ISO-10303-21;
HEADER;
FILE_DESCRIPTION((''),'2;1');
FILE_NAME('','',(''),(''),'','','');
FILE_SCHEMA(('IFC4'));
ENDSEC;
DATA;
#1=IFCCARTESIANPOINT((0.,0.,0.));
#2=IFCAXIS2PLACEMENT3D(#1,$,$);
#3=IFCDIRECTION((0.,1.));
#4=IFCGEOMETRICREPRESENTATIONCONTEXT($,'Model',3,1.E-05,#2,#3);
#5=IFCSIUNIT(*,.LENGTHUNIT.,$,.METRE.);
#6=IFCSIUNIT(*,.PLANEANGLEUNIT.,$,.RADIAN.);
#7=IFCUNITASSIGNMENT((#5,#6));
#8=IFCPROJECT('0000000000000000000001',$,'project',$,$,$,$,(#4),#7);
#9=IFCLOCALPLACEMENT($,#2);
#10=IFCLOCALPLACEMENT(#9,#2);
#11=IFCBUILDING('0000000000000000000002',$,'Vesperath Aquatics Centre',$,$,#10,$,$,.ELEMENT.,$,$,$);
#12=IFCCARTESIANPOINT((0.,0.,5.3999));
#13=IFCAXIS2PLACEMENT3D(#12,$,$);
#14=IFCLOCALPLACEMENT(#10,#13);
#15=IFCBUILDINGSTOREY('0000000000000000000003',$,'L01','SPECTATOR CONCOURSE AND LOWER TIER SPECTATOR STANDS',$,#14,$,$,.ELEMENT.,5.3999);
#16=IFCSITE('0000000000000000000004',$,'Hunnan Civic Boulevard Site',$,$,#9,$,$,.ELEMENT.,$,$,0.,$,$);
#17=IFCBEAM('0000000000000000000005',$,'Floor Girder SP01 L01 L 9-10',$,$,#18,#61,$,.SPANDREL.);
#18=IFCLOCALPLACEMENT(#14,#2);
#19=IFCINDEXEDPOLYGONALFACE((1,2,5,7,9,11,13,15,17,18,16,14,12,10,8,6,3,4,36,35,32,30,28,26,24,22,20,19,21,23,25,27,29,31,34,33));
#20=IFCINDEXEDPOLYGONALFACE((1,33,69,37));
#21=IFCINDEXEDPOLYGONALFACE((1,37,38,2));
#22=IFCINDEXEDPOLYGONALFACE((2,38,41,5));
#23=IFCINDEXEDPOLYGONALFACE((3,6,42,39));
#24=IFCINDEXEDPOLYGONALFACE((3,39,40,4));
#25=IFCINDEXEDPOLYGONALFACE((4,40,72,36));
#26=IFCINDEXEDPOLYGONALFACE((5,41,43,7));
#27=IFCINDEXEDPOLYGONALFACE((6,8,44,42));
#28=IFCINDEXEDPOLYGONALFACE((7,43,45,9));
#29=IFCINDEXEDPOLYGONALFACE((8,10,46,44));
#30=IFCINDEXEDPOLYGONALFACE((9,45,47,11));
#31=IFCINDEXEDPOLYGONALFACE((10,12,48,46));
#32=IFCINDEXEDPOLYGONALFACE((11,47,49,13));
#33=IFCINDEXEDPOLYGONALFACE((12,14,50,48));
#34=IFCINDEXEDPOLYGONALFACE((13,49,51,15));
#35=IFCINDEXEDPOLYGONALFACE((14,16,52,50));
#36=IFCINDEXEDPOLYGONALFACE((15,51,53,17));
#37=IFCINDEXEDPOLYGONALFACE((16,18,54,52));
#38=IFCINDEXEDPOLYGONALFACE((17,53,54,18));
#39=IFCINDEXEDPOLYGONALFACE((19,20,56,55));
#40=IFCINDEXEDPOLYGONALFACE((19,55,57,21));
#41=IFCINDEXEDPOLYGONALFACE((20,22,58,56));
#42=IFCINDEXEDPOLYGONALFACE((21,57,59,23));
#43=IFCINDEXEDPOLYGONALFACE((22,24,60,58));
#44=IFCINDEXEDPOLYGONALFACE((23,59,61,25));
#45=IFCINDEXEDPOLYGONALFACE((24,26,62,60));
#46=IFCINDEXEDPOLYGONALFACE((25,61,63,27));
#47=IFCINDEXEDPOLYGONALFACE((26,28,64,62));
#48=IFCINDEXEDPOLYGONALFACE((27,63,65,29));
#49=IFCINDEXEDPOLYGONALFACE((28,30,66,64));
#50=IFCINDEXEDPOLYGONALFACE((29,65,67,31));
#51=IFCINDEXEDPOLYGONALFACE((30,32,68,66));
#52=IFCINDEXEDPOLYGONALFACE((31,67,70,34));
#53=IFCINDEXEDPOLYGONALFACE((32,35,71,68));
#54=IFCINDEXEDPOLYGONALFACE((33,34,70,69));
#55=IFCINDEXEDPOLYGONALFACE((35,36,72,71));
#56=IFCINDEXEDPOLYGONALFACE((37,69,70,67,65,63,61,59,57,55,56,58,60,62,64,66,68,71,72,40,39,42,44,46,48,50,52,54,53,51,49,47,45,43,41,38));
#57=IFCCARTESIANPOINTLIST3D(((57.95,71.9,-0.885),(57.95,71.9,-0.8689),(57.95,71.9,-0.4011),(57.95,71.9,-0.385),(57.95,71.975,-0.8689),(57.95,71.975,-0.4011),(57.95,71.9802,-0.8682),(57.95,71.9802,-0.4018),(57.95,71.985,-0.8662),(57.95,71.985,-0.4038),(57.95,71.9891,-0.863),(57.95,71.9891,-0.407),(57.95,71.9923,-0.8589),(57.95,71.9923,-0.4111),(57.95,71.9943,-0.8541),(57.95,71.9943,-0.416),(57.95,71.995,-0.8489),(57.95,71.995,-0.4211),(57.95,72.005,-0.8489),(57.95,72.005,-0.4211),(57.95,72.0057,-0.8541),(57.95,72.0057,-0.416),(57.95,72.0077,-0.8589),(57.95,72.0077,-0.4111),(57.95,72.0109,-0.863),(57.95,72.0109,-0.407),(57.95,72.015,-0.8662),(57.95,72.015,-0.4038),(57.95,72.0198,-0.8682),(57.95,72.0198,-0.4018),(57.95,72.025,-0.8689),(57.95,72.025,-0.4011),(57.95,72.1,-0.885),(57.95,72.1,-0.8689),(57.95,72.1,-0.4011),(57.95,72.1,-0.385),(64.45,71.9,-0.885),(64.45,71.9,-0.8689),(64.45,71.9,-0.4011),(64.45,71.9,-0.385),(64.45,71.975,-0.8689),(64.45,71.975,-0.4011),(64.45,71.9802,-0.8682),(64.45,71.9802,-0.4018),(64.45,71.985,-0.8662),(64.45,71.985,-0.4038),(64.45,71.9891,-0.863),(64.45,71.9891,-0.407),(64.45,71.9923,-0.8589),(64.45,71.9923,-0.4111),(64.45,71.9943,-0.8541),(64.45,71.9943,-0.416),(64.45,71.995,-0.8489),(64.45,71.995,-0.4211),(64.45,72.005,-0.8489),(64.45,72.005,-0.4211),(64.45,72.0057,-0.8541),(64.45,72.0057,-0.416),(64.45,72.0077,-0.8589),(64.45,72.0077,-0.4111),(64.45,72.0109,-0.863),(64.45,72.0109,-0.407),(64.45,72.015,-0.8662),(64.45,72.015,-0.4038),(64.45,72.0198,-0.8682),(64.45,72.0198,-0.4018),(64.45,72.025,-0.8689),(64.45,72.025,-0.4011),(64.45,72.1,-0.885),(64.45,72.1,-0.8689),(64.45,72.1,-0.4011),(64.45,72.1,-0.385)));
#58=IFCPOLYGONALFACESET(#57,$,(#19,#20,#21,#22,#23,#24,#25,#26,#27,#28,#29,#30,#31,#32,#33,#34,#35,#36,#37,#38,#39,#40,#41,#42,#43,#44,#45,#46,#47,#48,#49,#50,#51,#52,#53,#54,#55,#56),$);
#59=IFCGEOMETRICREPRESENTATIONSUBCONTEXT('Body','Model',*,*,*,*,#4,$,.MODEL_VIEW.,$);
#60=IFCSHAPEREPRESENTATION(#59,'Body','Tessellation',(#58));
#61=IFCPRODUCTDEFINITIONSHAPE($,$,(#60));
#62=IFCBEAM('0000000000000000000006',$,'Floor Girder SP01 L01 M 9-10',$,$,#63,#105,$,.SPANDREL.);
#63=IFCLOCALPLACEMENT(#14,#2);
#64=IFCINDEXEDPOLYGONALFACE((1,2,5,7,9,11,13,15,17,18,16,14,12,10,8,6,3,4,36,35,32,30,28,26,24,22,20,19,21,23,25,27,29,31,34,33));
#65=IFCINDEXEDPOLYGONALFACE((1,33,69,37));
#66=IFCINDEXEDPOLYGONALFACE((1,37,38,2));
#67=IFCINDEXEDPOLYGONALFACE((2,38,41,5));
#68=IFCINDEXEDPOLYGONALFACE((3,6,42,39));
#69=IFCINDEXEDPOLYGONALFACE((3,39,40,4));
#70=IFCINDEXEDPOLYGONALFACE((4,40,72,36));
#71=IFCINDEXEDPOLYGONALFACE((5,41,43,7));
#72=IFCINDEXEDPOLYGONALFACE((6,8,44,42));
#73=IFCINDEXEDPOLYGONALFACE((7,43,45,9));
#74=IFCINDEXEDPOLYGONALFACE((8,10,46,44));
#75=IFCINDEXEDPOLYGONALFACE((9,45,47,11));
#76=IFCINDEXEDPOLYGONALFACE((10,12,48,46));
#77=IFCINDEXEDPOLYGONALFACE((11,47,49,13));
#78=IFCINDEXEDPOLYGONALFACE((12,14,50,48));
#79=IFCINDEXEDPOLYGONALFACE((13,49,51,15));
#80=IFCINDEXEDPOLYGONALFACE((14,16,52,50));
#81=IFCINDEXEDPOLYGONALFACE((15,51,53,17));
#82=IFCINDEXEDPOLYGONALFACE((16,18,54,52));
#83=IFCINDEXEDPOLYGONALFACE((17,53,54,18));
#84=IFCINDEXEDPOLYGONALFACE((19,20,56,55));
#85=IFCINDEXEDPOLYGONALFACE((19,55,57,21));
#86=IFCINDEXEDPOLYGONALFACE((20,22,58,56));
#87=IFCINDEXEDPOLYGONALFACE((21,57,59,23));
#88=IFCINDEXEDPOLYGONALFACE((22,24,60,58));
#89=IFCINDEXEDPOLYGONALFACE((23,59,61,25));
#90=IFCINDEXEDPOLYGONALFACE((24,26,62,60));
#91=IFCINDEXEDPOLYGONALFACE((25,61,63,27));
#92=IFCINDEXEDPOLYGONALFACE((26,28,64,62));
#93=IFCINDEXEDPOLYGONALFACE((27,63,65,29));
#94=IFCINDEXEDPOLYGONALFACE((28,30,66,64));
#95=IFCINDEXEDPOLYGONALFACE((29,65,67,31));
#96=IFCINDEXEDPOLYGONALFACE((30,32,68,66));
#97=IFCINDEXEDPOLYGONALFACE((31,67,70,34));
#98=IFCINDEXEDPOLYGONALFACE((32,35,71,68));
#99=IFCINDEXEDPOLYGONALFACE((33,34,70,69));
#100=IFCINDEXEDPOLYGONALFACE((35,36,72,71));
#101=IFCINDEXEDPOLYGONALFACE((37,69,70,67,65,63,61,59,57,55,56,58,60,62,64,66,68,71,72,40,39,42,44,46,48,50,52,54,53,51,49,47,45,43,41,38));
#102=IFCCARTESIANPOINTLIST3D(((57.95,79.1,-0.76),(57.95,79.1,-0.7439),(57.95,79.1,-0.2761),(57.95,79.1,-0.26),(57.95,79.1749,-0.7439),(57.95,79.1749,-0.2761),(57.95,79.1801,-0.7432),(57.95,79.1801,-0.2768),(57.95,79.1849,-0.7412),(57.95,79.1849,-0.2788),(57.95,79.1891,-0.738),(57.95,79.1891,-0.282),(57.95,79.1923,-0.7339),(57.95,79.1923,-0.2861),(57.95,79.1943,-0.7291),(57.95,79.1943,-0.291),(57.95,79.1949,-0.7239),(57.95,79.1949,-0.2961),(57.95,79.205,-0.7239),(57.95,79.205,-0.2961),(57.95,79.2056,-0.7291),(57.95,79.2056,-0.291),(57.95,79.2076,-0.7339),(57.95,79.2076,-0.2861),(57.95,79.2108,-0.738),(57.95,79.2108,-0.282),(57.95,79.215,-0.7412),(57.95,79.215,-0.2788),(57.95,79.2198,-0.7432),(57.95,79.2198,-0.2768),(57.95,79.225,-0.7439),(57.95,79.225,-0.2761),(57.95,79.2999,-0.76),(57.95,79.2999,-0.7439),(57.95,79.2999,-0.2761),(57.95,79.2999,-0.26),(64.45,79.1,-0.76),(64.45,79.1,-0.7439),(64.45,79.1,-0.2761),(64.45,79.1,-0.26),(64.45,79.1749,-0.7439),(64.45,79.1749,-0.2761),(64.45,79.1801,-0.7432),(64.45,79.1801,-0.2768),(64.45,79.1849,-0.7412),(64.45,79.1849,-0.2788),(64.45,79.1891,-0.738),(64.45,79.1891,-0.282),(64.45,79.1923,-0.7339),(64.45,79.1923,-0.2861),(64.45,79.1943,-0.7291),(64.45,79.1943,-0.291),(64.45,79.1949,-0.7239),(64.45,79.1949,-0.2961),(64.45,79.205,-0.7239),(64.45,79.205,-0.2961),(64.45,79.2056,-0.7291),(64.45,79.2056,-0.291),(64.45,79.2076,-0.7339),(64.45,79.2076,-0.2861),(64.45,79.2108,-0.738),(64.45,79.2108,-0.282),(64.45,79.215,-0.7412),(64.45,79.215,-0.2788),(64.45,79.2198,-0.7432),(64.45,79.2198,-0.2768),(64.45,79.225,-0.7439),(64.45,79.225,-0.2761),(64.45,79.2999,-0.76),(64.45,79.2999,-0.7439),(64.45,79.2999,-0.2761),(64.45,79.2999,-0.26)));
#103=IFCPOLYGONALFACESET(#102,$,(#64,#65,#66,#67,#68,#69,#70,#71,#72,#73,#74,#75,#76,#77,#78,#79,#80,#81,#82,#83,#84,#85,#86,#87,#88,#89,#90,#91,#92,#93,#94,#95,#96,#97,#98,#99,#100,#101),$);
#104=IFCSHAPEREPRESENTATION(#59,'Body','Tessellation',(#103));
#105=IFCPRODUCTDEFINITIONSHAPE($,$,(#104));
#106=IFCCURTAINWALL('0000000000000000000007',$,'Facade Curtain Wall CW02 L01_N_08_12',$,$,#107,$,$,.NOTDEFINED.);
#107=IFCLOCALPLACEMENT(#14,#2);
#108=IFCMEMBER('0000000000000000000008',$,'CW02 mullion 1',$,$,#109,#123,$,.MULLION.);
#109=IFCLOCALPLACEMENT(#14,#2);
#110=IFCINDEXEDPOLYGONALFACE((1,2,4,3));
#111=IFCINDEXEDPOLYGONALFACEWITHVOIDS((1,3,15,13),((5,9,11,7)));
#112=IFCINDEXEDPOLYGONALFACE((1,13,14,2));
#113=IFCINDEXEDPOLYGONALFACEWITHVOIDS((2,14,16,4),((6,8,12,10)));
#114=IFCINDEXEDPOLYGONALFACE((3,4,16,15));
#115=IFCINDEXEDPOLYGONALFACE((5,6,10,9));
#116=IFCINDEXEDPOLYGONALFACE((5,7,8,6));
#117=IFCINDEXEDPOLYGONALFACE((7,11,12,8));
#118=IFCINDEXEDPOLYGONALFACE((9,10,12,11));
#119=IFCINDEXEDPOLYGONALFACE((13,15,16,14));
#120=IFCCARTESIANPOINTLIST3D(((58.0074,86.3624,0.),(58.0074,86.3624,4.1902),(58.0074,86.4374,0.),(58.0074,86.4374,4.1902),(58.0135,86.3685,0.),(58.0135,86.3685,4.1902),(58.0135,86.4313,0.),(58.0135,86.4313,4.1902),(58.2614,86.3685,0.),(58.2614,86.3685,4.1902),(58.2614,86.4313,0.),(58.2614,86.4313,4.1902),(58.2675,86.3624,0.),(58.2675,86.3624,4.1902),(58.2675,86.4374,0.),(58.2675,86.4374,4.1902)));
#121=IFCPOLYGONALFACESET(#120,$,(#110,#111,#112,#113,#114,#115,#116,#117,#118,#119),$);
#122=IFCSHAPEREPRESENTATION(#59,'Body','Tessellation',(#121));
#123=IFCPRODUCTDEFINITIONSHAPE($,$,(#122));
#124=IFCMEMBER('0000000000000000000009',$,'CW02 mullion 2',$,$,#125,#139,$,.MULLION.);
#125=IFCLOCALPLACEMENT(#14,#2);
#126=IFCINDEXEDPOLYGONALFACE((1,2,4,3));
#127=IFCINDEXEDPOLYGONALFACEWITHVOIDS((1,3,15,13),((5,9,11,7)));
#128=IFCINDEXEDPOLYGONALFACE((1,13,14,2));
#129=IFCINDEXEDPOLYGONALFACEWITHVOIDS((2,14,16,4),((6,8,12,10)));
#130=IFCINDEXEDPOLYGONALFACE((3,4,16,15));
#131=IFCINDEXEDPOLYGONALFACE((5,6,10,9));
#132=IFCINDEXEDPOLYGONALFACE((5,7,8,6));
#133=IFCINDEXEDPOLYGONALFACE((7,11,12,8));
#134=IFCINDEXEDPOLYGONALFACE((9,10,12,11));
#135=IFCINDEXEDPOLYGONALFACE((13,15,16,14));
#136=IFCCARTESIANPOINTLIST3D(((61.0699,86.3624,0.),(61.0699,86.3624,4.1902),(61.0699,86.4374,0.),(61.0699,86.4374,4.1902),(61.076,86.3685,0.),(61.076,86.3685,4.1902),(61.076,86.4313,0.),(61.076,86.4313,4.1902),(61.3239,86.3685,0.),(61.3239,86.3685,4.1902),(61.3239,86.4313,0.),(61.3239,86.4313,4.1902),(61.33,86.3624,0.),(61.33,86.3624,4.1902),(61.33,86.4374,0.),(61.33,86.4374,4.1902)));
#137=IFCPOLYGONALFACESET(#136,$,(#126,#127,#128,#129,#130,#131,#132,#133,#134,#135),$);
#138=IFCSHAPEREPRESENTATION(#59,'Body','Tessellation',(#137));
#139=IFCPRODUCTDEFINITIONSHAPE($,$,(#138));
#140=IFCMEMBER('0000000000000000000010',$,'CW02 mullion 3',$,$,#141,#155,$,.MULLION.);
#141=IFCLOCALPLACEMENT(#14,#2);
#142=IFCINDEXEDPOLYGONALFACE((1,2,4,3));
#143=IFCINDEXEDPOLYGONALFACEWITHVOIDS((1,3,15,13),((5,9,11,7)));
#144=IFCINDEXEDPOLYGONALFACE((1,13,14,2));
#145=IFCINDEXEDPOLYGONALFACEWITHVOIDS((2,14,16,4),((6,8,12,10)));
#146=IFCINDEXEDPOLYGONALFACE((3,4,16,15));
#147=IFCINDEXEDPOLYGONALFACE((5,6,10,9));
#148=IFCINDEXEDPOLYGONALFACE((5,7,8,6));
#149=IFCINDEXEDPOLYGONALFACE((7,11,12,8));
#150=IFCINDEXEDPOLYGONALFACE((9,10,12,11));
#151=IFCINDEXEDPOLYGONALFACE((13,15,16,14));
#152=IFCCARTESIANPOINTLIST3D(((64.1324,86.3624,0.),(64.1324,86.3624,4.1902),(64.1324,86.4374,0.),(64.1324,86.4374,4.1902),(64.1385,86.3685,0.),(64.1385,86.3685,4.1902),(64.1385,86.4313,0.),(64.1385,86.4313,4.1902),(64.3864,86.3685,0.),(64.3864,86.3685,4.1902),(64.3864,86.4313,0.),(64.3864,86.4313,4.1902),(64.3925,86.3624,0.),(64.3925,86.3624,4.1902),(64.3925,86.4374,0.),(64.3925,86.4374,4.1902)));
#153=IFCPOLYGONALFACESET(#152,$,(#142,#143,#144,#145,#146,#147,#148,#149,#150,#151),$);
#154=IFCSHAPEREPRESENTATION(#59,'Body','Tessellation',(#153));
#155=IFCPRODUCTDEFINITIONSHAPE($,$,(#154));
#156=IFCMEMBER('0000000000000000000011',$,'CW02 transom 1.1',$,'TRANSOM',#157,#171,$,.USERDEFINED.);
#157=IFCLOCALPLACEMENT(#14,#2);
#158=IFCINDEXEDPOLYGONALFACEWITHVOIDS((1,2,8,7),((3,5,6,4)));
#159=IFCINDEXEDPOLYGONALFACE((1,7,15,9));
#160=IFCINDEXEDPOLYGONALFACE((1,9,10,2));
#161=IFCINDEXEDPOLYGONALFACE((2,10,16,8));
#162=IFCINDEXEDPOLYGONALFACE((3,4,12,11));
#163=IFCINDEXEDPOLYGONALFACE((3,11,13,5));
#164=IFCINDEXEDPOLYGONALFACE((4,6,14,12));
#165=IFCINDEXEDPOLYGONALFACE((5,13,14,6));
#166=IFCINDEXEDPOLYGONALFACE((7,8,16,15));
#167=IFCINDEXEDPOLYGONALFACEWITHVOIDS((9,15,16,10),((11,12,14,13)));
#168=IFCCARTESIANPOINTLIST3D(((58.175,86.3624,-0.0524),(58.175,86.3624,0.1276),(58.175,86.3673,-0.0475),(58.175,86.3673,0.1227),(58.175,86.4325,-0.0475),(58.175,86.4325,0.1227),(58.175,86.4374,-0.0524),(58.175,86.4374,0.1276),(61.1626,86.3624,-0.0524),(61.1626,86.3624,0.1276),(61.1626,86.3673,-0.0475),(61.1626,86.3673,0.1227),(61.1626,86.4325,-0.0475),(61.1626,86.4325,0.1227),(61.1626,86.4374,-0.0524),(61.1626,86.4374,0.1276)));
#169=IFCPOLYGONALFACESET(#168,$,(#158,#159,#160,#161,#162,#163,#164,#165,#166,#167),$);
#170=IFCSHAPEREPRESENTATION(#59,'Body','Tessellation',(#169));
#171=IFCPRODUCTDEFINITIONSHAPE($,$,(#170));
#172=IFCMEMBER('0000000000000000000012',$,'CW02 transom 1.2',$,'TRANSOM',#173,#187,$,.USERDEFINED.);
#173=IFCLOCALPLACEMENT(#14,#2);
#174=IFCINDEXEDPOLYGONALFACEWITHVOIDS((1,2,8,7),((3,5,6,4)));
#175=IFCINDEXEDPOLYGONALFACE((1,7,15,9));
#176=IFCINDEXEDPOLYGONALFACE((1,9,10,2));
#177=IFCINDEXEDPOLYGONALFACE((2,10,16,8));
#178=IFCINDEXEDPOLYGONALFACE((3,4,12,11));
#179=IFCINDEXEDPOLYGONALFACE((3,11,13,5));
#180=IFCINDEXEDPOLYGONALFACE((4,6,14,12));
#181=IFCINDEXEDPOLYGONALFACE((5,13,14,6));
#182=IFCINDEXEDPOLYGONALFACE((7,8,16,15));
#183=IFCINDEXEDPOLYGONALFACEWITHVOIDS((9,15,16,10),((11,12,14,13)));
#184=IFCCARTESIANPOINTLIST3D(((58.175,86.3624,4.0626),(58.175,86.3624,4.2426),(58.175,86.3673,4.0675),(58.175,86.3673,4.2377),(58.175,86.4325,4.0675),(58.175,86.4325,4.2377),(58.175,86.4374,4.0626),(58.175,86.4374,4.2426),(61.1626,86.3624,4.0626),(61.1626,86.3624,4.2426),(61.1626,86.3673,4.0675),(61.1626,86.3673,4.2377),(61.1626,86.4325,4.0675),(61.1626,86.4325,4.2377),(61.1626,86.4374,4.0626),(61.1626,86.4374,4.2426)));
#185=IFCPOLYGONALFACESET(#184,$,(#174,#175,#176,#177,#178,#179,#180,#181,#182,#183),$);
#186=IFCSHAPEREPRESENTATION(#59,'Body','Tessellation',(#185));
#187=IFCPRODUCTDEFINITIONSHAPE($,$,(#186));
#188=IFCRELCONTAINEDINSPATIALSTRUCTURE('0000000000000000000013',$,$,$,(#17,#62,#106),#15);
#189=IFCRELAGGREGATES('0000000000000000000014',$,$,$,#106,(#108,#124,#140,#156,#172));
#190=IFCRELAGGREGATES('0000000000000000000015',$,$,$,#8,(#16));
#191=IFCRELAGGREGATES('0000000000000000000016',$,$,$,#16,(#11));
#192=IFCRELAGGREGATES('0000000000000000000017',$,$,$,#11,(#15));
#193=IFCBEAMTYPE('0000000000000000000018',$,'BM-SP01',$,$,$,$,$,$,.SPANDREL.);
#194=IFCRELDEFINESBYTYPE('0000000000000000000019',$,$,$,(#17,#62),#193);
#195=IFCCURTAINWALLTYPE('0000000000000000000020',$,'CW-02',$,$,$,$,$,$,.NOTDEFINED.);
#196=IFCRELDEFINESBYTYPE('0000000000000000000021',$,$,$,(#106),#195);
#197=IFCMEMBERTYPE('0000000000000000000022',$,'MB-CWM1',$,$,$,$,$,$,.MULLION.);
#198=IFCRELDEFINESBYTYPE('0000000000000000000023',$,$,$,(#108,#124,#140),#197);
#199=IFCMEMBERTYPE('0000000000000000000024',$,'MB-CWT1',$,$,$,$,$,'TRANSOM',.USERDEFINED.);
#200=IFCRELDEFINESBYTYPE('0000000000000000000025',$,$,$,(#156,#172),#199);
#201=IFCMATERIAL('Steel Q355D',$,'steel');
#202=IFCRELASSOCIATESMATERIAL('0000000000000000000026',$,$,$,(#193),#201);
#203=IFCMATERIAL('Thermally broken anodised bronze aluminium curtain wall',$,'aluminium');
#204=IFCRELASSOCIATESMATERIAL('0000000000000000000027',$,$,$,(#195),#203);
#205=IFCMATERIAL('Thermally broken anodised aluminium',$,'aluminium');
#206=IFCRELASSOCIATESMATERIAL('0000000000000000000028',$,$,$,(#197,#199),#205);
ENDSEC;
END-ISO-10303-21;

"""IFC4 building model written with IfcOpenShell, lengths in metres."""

from ifc_helpers import new_model, si_unit, direction, frame, origin, origin_2d, place, context, subcontext, project, spatial, hollow_rectangle, i_section, extrude, material, material_profile, profile_set, type_object, element, aggregate, save


model = new_model("IFC4")

# Units and contexts
model_context = context("Model", 3, precision=1e-05, world=origin(), true_north=direction((0.0, 1.0)))
body_context = subcontext(model_context, "Body", "Model", "MODEL_VIEW")
ifc_project = project(units=[si_unit("LENGTHUNIT", "METRE"), si_unit("PLANEANGLEUNIT", "RADIAN")], contexts=[model_context])

# Site, building, storey
site_placement = place(None, origin())
site = spatial("IfcSite", under=ifc_project, at=site_placement, Name="Hunnan Civic Boulevard Site", CompositionType="ELEMENT", RefElevation=0.0)
building_placement = place(site_placement, origin())
building = spatial("IfcBuilding", under=site, at=building_placement, Name="Vesperath Aquatics Centre", CompositionType="ELEMENT")
storey_placement = place(building_placement, frame((0.0, 0.0, 5.3999)))
storey = spatial("IfcBuildingStorey", under=building, at=storey_placement, Name="L01", Description="SPECTATOR CONCOURSE AND LOWER TIER SPECTATOR STANDS", CompositionType="ELEMENT", Elevation=5.3999)

# Beams
ifc_material_1 = material(Name="Steel Q355D", Category="steel")
ifc_material_profile_1 = material_profile(ifc_material_1, i_section(OverallWidth=0.2, OverallDepth=0.5, WebThickness=0.01, FlangeThickness=0.0161, FilletRadius=0.02, at=origin_2d()), Name="HN 500x200x10x16")
ifc_profile_set_1 = profile_set([ifc_material_profile_1], Name="Steel Q355D")
beam_type_1 = type_object("IfcBeamType", Name="BM-SP01", PredefinedType="SPANDREL", material=ifc_profile_set_1)
for number, where, z_axis, x_axis, name in (
    (1, (57.95, 72.0, -0.635), (1.0, 0.0, 0.0), (0.0, 1.0, 0.0), "Floor Girder SP01 L01 L 9-10"),
    (2, (57.95, 79.2, -0.51), (1.0, 0.0, 0.0), (0.0, 1.0, 0.0), "Floor Girder SP01 L01 M 9-10"),
):
    element("IfcBeam", number, at=place(storey_placement, frame(where, z_axis=z_axis, x_axis=x_axis)), inside=storey, type_object=beam_type_1, Name=name, PredefinedType="SPANDREL", context=body_context, shape_type="SweptSolid", body=[
        extrude(i_section(OverallWidth=0.2, OverallDepth=0.5, WebThickness=0.01, FlangeThickness=0.0161, FilletRadius=0.02, at=origin_2d()), origin(), (0.0, 0.0, 1.0), 6.5),
    ])

# Curtain wall, members
ifc_material_2 = material(Name="Thermally broken anodised bronze aluminium curtain wall", Category="aluminium")
curtain_wall_type = type_object("IfcCurtainWallType", Name="CW-02", PredefinedType="NOTDEFINED", material=ifc_material_2)
curtain_wall_placement = place(storey_placement, origin())
curtain_wall = element("IfcCurtainWall", 3, at=curtain_wall_placement, inside=storey, type_object=curtain_wall_type, Name="Facade Curtain Wall CW02 L01_N_08_12", PredefinedType="NOTDEFINED")
ifc_material_3 = material(Name="Thermally broken anodised aluminium", Category="aluminium")
ifc_material_profile_2 = material_profile(ifc_material_3, hollow_rectangle(XDim=0.075, YDim=0.26, WallThickness=0.0061, at=origin_2d()), Name="CWM 75x260x6")
ifc_profile_set_2 = profile_set([ifc_material_profile_2], Name="Thermally broken anodised aluminium")
member_type_1 = type_object("IfcMemberType", Name="MB-CWM1", PredefinedType="MULLION", material=ifc_profile_set_2)
member_1_placement = place(storey_placement, frame((58.1375, 86.3999, 0.0), z_axis=(0.0, 0.0, 1.0), x_axis=(0.0, 1.0, 0.0)))
member_1 = element("IfcMember", 4, at=member_1_placement, type_object=member_type_1, Name="CW02 mullion 1", PredefinedType="MULLION", context=body_context, shape_type="SweptSolid", body=[
    extrude(hollow_rectangle(XDim=0.075, YDim=0.26, WallThickness=0.0061, at=origin_2d()), origin(), (0.0, 0.0, 1.0), 4.1902),
])
member_2_placement = place(storey_placement, frame((61.2, 86.3999, 0.0), z_axis=(0.0, 0.0, 1.0), x_axis=(0.0, 1.0, 0.0)))
member_2 = element("IfcMember", 5, at=member_2_placement, type_object=member_type_1, Name="CW02 mullion 2", PredefinedType="MULLION", context=body_context, shape_type="SweptSolid", body=[
    extrude(hollow_rectangle(XDim=0.075, YDim=0.26, WallThickness=0.0061, at=origin_2d()), origin(), (0.0, 0.0, 1.0), 4.1902),
])
member_3_placement = place(storey_placement, frame((64.2625, 86.3999, 0.0), z_axis=(0.0, 0.0, 1.0), x_axis=(0.0, 1.0, 0.0)))
member_3 = element("IfcMember", 6, at=member_3_placement, type_object=member_type_1, Name="CW02 mullion 3", PredefinedType="MULLION", context=body_context, shape_type="SweptSolid", body=[
    extrude(hollow_rectangle(XDim=0.075, YDim=0.26, WallThickness=0.0061, at=origin_2d()), origin(), (0.0, 0.0, 1.0), 4.1902),
])
ifc_material_profile_3 = material_profile(ifc_material_3, hollow_rectangle(XDim=0.075, YDim=0.1799, WallThickness=0.0049, at=origin_2d()), Name="CWT 75x180x5")
ifc_profile_set_3 = profile_set([ifc_material_profile_3], Name="Thermally broken anodised aluminium")
member_type_2 = type_object("IfcMemberType", Name="MB-CWT1", ElementType="TRANSOM", PredefinedType="USERDEFINED", material=ifc_profile_set_3)
member_4_placement = place(storey_placement, frame((58.175, 86.3999, 0.0376), z_axis=(1.0, 0.0, 0.0), x_axis=(0.0, 1.0, 0.0)))
member_4 = element("IfcMember", 7, at=member_4_placement, type_object=member_type_2, Name="CW02 transom 1.1", ObjectType="TRANSOM", PredefinedType="USERDEFINED", context=body_context, shape_type="SweptSolid", body=[
    extrude(hollow_rectangle(XDim=0.075, YDim=0.1799, WallThickness=0.0049, at=origin_2d()), origin(), (0.0, 0.0, 1.0), 2.9875),
])
member_5_placement = place(storey_placement, frame((58.175, 86.3999, 4.1526), z_axis=(1.0, 0.0, 0.0), x_axis=(0.0, 1.0, 0.0)))
member_5 = element("IfcMember", 8, at=member_5_placement, type_object=member_type_2, Name="CW02 transom 1.2", ObjectType="TRANSOM", PredefinedType="USERDEFINED", context=body_context, shape_type="SweptSolid", body=[
    extrude(hollow_rectangle(XDim=0.075, YDim=0.1799, WallThickness=0.0049, at=origin_2d()), origin(), (0.0, 0.0, 1.0), 2.9875),
])
aggregate(curtain_wall, [member_1, member_2, member_3, member_4, member_5])

save(model, "model.ifc")
